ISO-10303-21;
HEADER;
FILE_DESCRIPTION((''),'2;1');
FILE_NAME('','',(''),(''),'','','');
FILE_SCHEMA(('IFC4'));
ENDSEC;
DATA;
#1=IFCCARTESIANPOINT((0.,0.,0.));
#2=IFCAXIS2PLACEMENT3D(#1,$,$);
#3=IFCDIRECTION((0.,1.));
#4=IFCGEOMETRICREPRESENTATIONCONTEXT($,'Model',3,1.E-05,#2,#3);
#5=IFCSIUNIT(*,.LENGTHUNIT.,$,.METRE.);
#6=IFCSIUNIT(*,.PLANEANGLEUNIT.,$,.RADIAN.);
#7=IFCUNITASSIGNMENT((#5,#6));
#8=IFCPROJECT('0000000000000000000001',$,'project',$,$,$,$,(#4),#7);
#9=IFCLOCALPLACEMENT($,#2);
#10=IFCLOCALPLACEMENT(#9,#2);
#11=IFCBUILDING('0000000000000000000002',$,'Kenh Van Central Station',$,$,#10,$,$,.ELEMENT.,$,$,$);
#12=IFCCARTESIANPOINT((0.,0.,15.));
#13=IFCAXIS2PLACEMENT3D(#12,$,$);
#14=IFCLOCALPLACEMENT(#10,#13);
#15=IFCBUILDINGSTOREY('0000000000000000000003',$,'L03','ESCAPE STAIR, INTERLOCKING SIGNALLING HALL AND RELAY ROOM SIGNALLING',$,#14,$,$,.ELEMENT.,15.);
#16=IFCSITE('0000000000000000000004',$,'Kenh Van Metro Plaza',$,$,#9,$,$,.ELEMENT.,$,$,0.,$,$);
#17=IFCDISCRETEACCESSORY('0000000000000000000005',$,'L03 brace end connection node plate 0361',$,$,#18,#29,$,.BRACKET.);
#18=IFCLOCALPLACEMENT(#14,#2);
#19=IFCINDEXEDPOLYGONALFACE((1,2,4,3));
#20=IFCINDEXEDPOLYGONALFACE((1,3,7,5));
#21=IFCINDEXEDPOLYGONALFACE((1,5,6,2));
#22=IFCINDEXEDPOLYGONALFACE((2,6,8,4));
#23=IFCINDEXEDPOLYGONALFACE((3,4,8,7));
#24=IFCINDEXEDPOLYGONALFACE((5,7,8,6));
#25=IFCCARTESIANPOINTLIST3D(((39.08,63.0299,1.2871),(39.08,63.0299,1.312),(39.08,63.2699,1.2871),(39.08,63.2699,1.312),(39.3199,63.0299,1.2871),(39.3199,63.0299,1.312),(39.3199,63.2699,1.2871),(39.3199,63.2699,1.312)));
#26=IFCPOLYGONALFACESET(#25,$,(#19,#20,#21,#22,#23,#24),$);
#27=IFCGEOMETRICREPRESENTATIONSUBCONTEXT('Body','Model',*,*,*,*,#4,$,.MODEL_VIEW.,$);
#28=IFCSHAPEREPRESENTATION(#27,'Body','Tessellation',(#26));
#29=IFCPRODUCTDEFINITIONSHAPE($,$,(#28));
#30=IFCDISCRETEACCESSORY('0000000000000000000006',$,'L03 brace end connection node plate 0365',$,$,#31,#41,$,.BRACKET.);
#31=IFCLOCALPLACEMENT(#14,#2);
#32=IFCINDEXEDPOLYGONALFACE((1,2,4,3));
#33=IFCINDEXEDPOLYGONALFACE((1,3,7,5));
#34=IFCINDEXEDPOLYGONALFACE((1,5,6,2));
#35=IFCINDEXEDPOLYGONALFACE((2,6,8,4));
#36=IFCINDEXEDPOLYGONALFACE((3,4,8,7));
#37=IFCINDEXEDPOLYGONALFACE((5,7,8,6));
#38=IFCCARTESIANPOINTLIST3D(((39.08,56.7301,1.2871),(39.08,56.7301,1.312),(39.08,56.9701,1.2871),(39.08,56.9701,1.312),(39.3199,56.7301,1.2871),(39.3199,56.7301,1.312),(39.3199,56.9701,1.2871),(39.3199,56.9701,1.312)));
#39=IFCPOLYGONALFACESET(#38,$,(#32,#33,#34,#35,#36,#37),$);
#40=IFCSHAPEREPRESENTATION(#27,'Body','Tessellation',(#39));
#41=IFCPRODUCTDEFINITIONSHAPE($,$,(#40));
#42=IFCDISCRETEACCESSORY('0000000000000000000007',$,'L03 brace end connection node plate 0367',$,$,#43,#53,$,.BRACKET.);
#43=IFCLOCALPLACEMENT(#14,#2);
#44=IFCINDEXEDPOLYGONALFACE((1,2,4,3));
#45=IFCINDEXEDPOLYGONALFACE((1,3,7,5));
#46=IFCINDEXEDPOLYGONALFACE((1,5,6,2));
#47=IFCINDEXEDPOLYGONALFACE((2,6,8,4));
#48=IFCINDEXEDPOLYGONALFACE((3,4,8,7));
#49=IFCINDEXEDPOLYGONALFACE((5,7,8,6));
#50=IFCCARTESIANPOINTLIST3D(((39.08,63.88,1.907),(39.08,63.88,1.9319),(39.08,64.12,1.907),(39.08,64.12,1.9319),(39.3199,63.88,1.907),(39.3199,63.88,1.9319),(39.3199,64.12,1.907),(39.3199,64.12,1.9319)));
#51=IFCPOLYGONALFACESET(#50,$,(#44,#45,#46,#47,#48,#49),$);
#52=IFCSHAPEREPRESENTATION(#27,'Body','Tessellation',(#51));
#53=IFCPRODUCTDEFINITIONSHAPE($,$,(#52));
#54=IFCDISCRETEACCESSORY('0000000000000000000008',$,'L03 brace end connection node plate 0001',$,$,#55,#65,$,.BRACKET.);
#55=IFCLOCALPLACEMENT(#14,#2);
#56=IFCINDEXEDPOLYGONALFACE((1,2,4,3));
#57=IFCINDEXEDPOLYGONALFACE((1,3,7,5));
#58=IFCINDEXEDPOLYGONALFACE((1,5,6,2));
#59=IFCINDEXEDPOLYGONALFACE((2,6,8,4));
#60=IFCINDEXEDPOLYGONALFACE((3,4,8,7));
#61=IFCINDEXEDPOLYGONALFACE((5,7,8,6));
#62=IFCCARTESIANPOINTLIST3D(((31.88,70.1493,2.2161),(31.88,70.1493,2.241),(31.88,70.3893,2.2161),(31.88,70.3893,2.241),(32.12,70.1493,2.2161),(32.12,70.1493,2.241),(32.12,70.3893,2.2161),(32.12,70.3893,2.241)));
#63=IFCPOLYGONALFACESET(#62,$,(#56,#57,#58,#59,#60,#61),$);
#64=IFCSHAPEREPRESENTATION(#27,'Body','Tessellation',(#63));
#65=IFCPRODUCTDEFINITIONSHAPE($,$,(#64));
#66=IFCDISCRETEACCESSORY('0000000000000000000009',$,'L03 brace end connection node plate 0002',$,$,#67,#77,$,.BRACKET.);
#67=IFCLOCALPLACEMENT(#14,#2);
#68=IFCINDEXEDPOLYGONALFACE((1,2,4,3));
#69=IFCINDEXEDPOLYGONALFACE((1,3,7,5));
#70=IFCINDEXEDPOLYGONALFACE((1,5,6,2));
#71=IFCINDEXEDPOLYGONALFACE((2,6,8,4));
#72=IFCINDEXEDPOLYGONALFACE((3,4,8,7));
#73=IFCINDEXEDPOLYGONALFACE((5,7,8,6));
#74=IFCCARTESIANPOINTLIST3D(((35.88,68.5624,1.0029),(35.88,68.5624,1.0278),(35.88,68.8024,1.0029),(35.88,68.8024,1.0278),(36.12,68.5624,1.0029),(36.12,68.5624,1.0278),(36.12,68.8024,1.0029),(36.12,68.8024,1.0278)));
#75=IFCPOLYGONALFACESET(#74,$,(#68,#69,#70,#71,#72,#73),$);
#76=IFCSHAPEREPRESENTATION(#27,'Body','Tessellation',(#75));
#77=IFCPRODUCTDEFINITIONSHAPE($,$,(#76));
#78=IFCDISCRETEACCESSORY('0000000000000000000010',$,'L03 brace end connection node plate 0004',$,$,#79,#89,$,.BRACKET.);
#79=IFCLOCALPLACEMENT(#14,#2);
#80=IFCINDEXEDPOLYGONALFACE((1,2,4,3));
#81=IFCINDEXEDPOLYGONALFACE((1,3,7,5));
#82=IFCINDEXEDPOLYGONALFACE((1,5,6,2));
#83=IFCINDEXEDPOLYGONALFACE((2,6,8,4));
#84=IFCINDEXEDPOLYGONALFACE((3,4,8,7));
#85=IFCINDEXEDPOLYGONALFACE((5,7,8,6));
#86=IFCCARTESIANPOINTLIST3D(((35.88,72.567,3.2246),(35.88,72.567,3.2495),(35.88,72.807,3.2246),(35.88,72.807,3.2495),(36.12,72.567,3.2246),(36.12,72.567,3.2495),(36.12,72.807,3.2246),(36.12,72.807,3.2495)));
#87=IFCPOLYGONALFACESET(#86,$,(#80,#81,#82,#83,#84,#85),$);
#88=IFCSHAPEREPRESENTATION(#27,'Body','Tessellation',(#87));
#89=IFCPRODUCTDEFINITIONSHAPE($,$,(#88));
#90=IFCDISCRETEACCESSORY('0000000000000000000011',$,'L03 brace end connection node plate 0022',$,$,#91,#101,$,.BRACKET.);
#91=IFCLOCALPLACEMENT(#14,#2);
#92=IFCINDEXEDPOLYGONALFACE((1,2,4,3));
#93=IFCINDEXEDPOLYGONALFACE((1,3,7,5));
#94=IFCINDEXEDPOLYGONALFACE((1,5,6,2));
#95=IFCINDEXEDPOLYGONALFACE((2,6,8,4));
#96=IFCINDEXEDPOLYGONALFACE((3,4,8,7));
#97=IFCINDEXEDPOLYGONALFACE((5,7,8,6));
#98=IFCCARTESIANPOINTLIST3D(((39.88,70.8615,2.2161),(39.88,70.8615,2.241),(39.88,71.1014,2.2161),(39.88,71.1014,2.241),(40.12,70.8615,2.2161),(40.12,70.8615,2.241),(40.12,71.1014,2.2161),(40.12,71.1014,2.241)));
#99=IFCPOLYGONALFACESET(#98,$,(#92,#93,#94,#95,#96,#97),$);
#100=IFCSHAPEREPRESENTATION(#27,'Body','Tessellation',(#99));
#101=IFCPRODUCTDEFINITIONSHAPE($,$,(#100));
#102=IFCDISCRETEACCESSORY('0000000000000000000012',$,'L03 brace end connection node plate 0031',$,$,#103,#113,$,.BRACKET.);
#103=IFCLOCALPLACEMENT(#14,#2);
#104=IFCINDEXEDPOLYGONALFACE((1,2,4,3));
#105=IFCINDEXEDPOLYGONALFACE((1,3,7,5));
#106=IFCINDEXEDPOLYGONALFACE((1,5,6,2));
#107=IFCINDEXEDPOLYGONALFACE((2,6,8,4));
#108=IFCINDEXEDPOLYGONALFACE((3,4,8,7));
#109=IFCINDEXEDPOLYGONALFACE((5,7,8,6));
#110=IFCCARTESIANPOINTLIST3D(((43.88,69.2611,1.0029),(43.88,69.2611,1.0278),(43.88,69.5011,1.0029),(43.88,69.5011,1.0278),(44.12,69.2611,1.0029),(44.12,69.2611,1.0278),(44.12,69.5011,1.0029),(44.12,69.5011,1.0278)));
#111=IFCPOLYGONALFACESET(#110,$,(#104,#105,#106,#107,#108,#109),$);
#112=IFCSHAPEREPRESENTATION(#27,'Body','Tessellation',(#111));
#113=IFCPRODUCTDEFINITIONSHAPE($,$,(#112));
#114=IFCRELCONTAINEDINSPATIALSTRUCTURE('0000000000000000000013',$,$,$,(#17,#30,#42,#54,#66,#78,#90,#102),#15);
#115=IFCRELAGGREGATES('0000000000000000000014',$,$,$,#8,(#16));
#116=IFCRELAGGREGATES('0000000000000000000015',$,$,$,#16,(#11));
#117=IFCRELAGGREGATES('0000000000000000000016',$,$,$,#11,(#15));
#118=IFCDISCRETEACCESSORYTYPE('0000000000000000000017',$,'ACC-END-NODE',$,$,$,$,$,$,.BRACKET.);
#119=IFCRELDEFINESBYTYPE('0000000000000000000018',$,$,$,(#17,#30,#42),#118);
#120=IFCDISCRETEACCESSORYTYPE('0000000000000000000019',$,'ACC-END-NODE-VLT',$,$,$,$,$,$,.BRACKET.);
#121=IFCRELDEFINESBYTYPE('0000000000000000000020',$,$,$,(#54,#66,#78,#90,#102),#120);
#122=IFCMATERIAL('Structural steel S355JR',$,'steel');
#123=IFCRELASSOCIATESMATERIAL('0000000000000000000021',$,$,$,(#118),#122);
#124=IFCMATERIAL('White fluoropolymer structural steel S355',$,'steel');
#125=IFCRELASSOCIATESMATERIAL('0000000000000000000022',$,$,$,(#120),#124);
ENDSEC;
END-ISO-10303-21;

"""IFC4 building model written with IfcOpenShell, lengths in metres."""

from ifc_helpers import new_model, si_unit, direction, frame, origin, origin_2d, place, context, subcontext, project, spatial, rectangle, extrude, material, type_object, element, save


model = new_model("IFC4")

# Units and contexts
model_context = context("Model", 3, precision=1e-05, world=origin(), true_north=direction((0.0, 1.0)))
body_context = subcontext(model_context, "Body", "Model", "MODEL_VIEW")
ifc_project = project(units=[si_unit("LENGTHUNIT", "METRE"), si_unit("PLANEANGLEUNIT", "RADIAN")], contexts=[model_context])

# Site, building, storey
site_placement = place(None, origin())
site = spatial("IfcSite", under=ifc_project, at=site_placement, Name="Kenh Van Metro Plaza", CompositionType="ELEMENT", RefElevation=0.0)
building_placement = place(site_placement, origin())
building = spatial("IfcBuilding", under=site, at=building_placement, Name="Kenh Van Central Station", CompositionType="ELEMENT")
storey_placement = place(building_placement, frame((0.0, 0.0, 15.0)))
storey = spatial("IfcBuildingStorey", under=building, at=storey_placement, Name="L03", Description="ESCAPE STAIR, INTERLOCKING SIGNALLING HALL AND RELAY ROOM SIGNALLING", CompositionType="ELEMENT", Elevation=15.0)

# Shared definitions
ifc_material_1 = material(Name="White fluoropolymer structural steel S355", Category="steel")

# Discrete accessories
ifc_material_2 = material(Name="Structural steel S355JR", Category="steel")
discrete_accessory_type_1 = type_object("IfcDiscreteAccessoryType", Name="ACC-END-NODE", PredefinedType="BRACKET", material=ifc_material_2)
for number, where, z_axis, x_axis, name in (
    (1, (39.2, 63.1499, 1.2871), (0.0, 0.0, 1.0), (1.0, 0.0, 0.0), "L03 brace end connection node plate 0361"),
    (2, (39.2, 56.8501, 1.2871), (0.0, 0.0, 1.0), (1.0, 0.0, 0.0), "L03 brace end connection node plate 0365"),
    (3, (39.2, 64.0, 1.907), (0.0, 0.0, 1.0), (1.0, 0.0, 0.0), "L03 brace end connection node plate 0367"),
):
    element("IfcDiscreteAccessory", number, at=place(storey_placement, frame(where, z_axis=z_axis, x_axis=x_axis)), inside=storey, type_object=discrete_accessory_type_1, Name=name, PredefinedType="BRACKET", context=body_context, shape_type="SweptSolid", body=[
        extrude(rectangle(XDim=0.24, YDim=0.24, at=origin_2d()), origin(), (0.0, 0.0, 1.0), 0.0249),
    ])
discrete_accessory_type_2 = type_object("IfcDiscreteAccessoryType", Name="ACC-END-NODE-VLT", PredefinedType="BRACKET", material=ifc_material_1)
for number, where, z_axis, x_axis, name in (
    (4, (32.0, 70.2693, 2.2161), (0.0, 0.0, 1.0), (1.0, 0.0, 0.0), "L03 brace end connection node plate 0001"),
    (5, (36.0, 68.6824, 1.0029), (0.0, 0.0, 1.0), (1.0, 0.0, 0.0), "L03 brace end connection node plate 0002"),
    (6, (36.0, 72.687, 3.2246), (0.0, 0.0, 1.0), (1.0, 0.0, 0.0), "L03 brace end connection node plate 0004"),
    (7, (40.0, 70.9814, 2.2161), (0.0, 0.0, 1.0), (1.0, 0.0, 0.0), "L03 brace end connection node plate 0022"),
    (8, (44.0, 69.3811, 1.0029), (0.0, 0.0, 1.0), (1.0, 0.0, 0.0), "L03 brace end connection node plate 0031"),
):
    element("IfcDiscreteAccessory", number, at=place(storey_placement, frame(where, z_axis=z_axis, x_axis=x_axis)), inside=storey, type_object=discrete_accessory_type_2, Name=name, PredefinedType="BRACKET", context=body_context, shape_type="SweptSolid", body=[
        extrude(rectangle(XDim=0.24, YDim=0.24, at=origin_2d()), origin(), (0.0, 0.0, 1.0), 0.0249),
    ])

save(model, "model.ifc")
